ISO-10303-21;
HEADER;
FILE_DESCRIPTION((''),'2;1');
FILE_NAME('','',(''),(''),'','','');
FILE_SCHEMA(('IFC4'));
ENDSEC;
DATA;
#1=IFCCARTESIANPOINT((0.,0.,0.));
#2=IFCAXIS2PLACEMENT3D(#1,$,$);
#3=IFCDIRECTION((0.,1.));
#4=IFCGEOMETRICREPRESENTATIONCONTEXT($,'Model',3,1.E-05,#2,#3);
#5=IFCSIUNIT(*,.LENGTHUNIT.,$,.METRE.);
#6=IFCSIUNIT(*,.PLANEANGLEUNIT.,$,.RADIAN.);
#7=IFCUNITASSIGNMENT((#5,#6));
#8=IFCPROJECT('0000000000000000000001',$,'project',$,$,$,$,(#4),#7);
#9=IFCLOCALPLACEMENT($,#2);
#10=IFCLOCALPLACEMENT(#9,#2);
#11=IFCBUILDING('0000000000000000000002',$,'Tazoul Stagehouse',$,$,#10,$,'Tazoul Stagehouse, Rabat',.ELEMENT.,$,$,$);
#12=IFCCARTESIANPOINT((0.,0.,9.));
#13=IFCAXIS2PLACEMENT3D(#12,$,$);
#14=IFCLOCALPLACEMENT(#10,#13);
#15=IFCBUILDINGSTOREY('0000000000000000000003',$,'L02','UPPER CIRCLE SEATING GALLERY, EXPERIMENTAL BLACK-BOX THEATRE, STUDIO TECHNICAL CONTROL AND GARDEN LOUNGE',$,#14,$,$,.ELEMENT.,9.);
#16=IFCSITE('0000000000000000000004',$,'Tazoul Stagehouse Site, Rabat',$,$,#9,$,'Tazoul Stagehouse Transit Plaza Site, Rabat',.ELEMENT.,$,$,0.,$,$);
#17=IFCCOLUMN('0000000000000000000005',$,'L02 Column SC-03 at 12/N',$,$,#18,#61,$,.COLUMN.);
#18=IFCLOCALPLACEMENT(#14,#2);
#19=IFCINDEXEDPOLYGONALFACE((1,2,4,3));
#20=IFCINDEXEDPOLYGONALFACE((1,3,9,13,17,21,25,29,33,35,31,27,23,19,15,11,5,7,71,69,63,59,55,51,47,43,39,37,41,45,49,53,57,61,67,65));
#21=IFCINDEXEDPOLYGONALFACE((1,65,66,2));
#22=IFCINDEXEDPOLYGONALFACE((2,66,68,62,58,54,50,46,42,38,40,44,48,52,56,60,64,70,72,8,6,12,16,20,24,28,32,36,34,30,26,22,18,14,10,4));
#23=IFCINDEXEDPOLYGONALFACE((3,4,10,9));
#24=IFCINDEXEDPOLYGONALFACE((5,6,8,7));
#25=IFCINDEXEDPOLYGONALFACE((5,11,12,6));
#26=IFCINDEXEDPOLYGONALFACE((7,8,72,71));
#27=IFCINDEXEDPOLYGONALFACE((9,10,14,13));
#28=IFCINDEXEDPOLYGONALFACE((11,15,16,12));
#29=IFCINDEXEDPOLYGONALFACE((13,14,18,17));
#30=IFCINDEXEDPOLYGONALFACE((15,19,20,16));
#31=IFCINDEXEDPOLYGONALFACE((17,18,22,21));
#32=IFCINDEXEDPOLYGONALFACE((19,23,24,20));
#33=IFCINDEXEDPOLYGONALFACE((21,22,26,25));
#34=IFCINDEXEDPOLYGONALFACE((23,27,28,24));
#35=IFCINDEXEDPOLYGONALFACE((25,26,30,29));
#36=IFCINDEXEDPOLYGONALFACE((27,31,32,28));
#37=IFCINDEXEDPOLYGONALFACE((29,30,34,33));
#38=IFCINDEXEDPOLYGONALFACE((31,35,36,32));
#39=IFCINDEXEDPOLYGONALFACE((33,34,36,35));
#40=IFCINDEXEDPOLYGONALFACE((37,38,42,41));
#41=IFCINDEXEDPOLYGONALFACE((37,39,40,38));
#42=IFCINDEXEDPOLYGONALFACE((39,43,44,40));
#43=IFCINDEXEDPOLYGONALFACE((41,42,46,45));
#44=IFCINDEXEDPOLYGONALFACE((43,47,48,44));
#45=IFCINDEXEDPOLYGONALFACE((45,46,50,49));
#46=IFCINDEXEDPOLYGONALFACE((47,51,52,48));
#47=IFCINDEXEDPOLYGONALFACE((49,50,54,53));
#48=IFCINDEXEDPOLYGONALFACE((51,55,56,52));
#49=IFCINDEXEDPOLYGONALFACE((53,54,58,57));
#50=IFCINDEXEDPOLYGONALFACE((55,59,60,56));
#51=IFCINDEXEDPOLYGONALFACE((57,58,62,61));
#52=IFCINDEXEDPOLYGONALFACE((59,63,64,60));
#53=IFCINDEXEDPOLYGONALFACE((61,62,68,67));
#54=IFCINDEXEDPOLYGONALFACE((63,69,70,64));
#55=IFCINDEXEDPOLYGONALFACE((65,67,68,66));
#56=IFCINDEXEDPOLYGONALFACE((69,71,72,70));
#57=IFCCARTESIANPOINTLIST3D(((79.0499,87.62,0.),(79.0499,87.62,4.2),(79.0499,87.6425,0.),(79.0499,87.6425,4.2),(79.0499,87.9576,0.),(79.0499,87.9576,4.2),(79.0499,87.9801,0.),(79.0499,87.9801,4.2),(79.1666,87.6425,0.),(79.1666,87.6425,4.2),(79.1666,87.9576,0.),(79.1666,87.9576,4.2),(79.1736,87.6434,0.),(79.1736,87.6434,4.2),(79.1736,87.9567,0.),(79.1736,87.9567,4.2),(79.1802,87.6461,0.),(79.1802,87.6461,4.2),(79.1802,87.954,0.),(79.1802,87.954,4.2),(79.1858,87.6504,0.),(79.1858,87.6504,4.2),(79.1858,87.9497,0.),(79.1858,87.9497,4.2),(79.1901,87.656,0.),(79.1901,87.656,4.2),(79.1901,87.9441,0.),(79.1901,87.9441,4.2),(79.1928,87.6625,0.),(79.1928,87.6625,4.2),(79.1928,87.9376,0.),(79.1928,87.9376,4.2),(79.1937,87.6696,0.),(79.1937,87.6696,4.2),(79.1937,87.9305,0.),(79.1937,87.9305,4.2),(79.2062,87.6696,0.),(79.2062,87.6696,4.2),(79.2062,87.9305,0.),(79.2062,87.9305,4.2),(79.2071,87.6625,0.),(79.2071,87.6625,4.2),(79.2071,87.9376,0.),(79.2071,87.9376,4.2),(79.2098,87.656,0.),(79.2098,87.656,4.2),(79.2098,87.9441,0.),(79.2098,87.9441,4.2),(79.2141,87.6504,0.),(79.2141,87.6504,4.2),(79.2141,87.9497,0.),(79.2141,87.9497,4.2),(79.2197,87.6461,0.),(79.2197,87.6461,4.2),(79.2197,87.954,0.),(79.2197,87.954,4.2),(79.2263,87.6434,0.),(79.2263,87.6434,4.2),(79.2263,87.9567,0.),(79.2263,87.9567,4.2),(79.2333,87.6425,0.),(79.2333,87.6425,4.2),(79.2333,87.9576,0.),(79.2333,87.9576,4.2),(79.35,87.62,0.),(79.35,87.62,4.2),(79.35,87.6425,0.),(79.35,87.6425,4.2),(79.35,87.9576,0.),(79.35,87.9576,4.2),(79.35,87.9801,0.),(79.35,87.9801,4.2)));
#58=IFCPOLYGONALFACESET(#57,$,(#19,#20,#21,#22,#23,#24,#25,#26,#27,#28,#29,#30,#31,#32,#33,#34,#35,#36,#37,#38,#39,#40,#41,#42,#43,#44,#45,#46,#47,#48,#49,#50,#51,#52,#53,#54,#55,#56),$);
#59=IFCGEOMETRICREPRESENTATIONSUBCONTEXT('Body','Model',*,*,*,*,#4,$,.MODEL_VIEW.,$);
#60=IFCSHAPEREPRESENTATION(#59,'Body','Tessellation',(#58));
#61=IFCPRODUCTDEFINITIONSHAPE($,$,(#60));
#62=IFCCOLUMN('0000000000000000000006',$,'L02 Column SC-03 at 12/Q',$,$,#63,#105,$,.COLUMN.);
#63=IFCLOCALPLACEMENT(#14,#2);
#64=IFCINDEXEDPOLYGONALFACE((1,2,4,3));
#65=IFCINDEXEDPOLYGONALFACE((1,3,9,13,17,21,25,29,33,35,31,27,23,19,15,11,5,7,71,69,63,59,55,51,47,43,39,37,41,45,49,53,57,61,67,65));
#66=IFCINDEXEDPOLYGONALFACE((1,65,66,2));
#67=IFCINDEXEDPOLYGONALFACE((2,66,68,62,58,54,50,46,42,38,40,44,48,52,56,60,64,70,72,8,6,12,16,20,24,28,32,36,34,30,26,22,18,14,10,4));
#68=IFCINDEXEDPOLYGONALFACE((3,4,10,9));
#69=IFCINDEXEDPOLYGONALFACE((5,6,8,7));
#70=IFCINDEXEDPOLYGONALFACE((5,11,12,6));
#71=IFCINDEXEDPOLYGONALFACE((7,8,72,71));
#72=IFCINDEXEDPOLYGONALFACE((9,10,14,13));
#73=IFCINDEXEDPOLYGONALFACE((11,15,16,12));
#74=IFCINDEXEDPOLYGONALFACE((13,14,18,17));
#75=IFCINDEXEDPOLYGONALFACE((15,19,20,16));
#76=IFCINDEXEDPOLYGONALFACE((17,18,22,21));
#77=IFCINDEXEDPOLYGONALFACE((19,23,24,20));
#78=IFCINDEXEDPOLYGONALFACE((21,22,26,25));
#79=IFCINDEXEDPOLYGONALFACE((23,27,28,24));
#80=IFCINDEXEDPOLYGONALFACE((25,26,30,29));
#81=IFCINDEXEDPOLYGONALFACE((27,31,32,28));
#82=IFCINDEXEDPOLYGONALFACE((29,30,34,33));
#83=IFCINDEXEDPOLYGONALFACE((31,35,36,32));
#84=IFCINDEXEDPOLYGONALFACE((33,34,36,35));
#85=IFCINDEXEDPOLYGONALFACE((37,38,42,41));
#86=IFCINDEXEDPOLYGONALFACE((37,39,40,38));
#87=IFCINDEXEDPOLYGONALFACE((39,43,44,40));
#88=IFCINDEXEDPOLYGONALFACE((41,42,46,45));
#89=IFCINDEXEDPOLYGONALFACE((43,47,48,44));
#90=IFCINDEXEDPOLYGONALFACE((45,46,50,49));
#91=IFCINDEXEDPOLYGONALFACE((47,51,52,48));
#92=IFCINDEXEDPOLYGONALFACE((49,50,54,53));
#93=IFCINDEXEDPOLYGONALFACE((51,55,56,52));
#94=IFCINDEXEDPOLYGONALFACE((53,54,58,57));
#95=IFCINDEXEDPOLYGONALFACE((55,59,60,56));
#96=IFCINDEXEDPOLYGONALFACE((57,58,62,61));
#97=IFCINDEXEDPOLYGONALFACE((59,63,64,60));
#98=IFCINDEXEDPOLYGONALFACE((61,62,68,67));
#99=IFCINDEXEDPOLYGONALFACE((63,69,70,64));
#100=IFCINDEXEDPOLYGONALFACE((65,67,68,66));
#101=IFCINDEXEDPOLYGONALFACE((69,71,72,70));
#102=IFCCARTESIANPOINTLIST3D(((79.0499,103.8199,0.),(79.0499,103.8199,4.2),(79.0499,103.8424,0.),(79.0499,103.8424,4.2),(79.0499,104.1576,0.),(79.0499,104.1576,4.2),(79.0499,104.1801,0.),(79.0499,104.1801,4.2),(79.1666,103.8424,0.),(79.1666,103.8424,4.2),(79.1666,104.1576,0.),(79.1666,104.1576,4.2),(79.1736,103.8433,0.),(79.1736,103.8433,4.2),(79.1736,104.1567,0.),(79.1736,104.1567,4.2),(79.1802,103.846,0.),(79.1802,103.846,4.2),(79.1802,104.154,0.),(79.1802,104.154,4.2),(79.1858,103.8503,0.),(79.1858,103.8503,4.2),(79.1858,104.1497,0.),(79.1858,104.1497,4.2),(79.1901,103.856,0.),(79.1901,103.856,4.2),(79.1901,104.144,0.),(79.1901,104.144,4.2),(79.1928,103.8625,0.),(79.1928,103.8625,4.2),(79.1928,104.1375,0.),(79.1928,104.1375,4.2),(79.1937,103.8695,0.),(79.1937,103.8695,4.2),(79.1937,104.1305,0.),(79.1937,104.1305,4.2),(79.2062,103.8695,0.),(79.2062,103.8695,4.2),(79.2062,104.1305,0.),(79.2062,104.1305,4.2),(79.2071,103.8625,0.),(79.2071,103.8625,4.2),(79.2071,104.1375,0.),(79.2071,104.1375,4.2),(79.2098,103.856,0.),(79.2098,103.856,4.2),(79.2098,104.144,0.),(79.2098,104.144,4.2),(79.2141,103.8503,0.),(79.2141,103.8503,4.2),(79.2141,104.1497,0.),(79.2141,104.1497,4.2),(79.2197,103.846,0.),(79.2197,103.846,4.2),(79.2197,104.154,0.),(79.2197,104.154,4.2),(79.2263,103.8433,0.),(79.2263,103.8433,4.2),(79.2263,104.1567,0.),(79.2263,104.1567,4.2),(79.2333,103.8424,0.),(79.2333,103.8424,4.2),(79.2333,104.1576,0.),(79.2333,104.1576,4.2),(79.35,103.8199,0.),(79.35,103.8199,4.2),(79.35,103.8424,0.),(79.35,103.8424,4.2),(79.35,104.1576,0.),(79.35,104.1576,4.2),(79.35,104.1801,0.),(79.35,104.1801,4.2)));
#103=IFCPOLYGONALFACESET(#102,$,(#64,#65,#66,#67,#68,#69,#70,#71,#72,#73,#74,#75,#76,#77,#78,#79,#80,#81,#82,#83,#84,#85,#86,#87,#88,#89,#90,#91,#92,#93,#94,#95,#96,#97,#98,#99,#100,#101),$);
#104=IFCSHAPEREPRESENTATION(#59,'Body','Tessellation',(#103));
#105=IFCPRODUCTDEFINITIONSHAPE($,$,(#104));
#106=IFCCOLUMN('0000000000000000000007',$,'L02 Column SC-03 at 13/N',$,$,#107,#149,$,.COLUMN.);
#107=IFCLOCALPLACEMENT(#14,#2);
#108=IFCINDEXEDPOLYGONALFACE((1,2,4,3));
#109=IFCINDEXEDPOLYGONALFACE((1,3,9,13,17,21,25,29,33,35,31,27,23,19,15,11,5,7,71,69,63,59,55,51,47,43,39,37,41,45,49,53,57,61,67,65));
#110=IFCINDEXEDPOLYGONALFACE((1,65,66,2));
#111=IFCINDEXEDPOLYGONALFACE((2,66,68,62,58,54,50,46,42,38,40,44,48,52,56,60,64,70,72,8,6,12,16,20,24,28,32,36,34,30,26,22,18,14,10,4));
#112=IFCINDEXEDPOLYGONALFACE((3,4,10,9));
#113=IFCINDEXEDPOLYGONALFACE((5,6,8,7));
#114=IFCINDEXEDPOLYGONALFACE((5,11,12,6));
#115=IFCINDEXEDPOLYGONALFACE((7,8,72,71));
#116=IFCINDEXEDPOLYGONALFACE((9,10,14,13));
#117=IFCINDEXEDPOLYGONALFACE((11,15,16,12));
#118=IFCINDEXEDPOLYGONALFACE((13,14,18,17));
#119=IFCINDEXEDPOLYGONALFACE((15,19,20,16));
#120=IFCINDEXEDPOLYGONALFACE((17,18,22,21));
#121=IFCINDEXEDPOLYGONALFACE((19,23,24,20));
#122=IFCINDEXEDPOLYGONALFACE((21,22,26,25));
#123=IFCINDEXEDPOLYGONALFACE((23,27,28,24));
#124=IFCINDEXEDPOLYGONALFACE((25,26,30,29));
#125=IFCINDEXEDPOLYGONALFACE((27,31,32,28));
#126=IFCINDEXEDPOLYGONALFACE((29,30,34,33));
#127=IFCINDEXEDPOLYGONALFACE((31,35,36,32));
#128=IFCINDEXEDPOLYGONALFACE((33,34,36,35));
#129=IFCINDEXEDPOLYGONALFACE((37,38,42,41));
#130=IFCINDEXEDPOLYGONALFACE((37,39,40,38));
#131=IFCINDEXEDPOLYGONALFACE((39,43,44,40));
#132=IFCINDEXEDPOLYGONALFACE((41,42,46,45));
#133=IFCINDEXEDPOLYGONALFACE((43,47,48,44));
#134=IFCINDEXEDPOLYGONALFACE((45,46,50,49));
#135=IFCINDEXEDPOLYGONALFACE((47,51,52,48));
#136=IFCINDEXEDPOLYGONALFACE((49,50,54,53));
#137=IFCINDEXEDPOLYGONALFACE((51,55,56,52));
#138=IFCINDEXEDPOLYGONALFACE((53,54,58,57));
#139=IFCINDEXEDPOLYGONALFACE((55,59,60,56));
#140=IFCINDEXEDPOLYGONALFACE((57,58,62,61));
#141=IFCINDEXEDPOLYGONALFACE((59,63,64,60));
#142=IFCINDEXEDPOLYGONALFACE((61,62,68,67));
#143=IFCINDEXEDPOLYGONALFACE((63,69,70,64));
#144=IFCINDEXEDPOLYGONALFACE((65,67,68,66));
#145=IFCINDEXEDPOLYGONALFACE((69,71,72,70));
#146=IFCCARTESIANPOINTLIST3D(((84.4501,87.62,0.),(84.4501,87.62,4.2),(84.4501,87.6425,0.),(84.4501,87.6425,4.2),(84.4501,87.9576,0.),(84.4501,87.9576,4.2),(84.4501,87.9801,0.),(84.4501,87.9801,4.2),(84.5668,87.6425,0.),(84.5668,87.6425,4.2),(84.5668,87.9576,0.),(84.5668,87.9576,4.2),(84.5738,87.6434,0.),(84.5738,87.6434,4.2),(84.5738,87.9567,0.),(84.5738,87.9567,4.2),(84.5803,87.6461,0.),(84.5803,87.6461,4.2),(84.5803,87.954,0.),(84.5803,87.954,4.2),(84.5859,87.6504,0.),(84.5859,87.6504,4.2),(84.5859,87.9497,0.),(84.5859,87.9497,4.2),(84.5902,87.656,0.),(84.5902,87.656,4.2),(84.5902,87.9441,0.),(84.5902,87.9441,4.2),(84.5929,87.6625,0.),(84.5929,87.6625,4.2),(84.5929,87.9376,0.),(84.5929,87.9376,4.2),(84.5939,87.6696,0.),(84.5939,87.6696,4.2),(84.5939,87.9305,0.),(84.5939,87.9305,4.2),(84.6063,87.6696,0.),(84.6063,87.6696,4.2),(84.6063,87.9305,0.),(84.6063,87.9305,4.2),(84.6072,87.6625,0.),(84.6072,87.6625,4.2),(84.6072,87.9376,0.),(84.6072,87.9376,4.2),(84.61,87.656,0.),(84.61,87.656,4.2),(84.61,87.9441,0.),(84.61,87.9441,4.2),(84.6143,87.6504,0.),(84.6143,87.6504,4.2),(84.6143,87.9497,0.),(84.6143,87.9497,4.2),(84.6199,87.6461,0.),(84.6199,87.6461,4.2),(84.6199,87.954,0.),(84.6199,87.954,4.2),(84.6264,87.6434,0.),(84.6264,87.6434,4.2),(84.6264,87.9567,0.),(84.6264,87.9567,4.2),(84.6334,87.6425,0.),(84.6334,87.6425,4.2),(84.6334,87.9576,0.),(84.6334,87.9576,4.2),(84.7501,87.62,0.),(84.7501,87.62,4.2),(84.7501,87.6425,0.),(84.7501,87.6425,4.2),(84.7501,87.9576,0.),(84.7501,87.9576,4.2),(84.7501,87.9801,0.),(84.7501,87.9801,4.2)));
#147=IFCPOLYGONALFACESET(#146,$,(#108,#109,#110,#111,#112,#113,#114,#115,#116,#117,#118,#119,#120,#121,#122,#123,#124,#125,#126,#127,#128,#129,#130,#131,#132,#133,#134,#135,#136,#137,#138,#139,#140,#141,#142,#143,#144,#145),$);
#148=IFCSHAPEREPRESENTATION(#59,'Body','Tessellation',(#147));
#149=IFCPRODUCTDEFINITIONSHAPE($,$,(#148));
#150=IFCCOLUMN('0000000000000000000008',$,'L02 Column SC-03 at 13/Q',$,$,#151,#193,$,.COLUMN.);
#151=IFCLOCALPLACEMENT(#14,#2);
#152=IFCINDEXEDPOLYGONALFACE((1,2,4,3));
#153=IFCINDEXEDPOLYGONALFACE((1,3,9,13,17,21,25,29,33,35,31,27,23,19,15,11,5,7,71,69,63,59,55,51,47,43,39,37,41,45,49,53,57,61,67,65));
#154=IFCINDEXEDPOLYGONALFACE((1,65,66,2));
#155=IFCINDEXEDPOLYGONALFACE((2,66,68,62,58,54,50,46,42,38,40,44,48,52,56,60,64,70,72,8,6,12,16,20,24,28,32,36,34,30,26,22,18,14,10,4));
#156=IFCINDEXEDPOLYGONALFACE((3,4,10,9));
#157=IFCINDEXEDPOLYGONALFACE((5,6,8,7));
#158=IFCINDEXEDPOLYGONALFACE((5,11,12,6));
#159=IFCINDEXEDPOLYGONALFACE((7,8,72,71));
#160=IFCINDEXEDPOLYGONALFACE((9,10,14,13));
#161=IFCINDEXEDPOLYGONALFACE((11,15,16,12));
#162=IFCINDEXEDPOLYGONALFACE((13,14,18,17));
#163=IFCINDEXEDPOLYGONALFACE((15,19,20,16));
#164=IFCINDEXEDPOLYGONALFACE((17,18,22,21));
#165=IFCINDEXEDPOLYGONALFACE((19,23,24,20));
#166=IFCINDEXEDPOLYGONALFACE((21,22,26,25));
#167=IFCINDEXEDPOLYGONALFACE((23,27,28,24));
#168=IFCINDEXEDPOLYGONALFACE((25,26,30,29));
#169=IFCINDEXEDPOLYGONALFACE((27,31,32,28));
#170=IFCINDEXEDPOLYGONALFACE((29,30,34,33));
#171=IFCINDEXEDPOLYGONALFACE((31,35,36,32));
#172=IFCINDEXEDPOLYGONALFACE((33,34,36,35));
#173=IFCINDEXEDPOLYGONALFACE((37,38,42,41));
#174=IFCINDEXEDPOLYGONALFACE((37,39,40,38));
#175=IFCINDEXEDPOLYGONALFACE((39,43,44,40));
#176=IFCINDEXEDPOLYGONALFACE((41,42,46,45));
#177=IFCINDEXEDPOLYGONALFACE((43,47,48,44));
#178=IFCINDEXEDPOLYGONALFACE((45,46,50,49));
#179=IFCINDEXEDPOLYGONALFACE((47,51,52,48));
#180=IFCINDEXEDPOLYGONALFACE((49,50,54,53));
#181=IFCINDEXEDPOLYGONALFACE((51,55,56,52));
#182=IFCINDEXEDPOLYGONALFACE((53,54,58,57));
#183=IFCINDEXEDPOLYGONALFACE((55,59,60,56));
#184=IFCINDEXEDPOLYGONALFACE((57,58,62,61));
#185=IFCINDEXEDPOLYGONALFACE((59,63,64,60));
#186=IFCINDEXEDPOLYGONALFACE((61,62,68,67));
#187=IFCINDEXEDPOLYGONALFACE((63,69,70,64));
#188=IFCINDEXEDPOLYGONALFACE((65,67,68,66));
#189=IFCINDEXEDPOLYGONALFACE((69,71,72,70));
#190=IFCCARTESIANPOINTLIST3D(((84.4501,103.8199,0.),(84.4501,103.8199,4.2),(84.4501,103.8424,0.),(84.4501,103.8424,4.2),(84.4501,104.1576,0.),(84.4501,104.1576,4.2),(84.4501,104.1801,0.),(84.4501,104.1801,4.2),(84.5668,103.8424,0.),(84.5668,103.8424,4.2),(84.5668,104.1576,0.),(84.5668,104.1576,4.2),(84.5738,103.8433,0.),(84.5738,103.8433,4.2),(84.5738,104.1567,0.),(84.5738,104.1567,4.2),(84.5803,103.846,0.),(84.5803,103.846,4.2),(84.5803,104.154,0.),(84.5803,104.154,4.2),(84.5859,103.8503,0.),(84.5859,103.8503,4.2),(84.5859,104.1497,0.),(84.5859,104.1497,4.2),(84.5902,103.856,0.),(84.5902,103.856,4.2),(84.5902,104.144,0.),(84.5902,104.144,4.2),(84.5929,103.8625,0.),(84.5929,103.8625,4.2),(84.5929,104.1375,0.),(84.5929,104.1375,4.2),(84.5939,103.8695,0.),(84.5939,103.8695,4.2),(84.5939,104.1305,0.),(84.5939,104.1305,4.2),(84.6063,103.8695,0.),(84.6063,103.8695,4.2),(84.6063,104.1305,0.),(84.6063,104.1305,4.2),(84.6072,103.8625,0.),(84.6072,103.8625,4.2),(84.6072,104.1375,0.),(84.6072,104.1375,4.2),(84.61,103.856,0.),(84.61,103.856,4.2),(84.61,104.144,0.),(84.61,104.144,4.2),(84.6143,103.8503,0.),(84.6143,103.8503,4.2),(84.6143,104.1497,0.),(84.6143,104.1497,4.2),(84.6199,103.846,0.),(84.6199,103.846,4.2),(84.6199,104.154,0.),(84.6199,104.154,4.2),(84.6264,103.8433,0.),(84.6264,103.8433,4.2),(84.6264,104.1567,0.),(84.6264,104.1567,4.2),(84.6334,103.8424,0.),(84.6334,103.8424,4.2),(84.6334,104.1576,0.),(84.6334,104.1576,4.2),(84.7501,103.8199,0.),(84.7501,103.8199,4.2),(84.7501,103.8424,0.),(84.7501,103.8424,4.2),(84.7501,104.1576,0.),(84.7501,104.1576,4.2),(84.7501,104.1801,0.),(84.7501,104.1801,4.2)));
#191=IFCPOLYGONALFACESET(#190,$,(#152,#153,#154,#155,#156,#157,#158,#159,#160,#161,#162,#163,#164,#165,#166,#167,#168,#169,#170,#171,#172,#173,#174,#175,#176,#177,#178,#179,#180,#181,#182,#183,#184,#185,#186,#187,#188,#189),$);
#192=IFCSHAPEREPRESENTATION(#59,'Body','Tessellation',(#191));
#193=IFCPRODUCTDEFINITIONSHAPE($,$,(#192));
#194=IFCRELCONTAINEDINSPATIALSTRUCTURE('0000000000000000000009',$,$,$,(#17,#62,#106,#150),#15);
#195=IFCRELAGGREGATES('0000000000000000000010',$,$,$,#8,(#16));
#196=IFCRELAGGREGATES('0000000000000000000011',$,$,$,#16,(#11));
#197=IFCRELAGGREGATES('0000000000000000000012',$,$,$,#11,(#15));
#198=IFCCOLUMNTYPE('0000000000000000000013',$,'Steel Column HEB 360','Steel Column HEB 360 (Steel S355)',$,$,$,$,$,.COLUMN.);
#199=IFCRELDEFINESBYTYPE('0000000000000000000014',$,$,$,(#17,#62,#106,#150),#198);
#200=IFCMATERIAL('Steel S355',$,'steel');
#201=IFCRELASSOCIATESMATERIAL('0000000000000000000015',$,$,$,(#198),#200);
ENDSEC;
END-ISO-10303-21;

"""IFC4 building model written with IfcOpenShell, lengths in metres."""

from ifc_helpers import new_model, si_unit, direction, frame, origin, origin_2d, place, context, subcontext, project, spatial, i_section, extrude, material, material_profile, profile_set, type_object, element, save


model = new_model("IFC4")

# Units and contexts
model_context = context("Model", 3, precision=1e-05, world=origin(), true_north=direction((0.0, 1.0)))
body_context = subcontext(model_context, "Body", "Model", "MODEL_VIEW")
ifc_project = project(units=[si_unit("LENGTHUNIT", "METRE"), si_unit("PLANEANGLEUNIT", "RADIAN")], contexts=[model_context])

# Site, building, storey
site_placement = place(None, origin())
site = spatial("IfcSite", under=ifc_project, at=site_placement, Name="Tazoul Stagehouse Site, Rabat", LongName="Tazoul Stagehouse Transit Plaza Site, Rabat", CompositionType="ELEMENT", RefElevation=0.0)
building_placement = place(site_placement, origin())
building = spatial("IfcBuilding", under=site, at=building_placement, Name="Tazoul Stagehouse", LongName="Tazoul Stagehouse, Rabat", CompositionType="ELEMENT")
storey_placement = place(building_placement, frame((0.0, 0.0, 9.0)))
storey = spatial("IfcBuildingStorey", under=building, at=storey_placement, Name="L02", Description="UPPER CIRCLE SEATING GALLERY, EXPERIMENTAL BLACK-BOX THEATRE, STUDIO TECHNICAL CONTROL AND GARDEN LOUNGE", CompositionType="ELEMENT", Elevation=9.0)

# Columns
ifc_material_1 = material(Name="Steel S355", Category="steel")
ifc_material_profile_1 = material_profile(ifc_material_1, i_section(OverallWidth=0.3, OverallDepth=0.3601, WebThickness=0.0125, FlangeThickness=0.0225, FilletRadius=0.0271, at=origin_2d()), Name="HEB 360")
ifc_profile_set_1 = profile_set([ifc_material_profile_1], Name="Steel S355")
column_type_1 = type_object("IfcColumnType", Name="Steel Column HEB 360", Description="Steel Column HEB 360 (Steel S355)", PredefinedType="COLUMN", material=ifc_profile_set_1)
for number, where, z_axis, x_axis, name in (
    (1, (79.2, 87.8, 0.0), (0.0, 0.0, 1.0), (1.0, 0.0, 0.0), "L02 Column SC-03 at 12/N"),
    (2, (79.2, 104.0, 0.0), (0.0, 0.0, 1.0), (1.0, 0.0, 0.0), "L02 Column SC-03 at 12/Q"),
    (3, (84.6001, 87.8, 0.0), (0.0, 0.0, 1.0), (1.0, 0.0, 0.0), "L02 Column SC-03 at 13/N"),
    (4, (84.6001, 104.0, 0.0), (0.0, 0.0, 1.0), (1.0, 0.0, 0.0), "L02 Column SC-03 at 13/Q"),
):
    element("IfcColumn", number, at=place(storey_placement, frame(where, z_axis=z_axis, x_axis=x_axis)), inside=storey, type_object=column_type_1, Name=name, PredefinedType="COLUMN", context=body_context, shape_type="SweptSolid", body=[
        extrude(i_section(OverallWidth=0.3, OverallDepth=0.3601, WebThickness=0.0125, FlangeThickness=0.0225, FilletRadius=0.0271, at=origin_2d()), origin(), (0.0, 0.0, 1.0), 4.2),
    ])

save(model, "model.ifc")
